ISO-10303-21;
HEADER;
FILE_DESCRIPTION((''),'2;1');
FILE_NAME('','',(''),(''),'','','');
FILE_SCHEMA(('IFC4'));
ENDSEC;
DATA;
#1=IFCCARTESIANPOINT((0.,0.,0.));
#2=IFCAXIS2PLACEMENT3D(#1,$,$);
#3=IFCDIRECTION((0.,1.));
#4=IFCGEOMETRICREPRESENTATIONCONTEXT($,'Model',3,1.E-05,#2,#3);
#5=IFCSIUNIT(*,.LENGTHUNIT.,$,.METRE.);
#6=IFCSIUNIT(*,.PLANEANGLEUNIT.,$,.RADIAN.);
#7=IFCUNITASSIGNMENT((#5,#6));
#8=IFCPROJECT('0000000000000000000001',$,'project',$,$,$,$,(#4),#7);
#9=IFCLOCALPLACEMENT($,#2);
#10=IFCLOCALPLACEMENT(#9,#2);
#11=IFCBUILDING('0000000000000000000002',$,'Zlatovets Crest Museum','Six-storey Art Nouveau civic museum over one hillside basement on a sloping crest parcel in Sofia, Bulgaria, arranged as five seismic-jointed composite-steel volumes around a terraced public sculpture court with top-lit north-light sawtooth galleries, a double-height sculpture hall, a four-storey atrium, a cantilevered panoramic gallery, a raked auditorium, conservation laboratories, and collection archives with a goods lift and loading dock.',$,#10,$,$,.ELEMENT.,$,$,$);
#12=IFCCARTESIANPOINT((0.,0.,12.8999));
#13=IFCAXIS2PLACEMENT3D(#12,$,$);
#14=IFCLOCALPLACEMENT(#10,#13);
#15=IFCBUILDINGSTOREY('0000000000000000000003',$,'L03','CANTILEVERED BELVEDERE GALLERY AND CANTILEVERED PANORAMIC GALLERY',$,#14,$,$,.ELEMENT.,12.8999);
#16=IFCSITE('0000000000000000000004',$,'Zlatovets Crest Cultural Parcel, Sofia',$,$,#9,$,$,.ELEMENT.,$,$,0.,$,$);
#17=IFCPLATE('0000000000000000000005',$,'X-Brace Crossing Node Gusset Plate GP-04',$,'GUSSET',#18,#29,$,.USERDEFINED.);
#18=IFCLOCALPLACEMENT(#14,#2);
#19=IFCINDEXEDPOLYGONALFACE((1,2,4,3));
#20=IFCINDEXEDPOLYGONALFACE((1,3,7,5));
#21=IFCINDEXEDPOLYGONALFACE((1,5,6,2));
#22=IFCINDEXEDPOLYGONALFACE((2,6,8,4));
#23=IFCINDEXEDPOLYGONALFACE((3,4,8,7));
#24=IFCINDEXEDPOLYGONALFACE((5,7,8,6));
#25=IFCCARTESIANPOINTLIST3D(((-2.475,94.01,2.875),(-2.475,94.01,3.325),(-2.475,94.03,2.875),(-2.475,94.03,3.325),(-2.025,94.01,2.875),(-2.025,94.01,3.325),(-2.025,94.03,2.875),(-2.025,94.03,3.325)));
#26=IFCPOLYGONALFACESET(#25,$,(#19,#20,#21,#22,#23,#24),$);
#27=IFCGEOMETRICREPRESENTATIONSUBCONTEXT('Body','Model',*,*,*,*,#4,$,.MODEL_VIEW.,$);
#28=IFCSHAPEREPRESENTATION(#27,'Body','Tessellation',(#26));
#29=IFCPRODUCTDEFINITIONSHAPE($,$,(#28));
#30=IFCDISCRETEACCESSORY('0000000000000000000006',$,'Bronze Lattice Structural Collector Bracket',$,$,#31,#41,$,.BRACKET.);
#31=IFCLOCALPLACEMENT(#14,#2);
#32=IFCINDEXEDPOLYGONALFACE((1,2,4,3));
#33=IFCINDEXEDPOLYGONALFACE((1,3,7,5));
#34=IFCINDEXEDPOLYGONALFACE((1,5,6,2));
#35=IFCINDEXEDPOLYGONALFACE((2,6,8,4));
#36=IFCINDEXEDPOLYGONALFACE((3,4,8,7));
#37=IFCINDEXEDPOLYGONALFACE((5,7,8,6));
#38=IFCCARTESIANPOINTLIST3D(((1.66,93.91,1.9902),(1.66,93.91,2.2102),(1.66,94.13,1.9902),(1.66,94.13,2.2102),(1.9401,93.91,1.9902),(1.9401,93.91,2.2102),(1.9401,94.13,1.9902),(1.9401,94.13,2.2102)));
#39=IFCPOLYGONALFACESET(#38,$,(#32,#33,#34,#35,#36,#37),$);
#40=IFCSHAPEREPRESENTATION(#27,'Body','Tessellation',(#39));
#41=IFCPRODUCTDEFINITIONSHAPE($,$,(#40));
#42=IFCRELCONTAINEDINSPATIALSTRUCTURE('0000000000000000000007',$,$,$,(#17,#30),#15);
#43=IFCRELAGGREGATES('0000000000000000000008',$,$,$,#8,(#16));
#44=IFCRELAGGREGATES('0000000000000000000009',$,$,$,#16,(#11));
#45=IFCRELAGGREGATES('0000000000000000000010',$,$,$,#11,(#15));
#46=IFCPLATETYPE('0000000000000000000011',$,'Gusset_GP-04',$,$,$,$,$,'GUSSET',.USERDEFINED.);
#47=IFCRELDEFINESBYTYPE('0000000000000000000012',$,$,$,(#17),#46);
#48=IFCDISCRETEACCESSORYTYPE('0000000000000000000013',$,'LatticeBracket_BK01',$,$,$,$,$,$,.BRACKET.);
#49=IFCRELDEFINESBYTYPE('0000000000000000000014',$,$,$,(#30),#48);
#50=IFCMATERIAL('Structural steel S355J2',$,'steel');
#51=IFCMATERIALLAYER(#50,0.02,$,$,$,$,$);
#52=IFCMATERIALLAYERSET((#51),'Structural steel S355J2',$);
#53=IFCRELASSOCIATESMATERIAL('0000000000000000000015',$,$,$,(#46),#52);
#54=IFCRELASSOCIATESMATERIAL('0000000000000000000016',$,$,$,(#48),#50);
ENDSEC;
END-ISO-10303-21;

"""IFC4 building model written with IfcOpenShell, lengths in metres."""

from ifc_helpers import new_model, si_unit, direction, frame, origin, origin_2d, place, context, subcontext, project, spatial, rectangle, extrude, material, layer, layer_set, type_object, element, save


model = new_model("IFC4")

# Units and contexts
model_context = context("Model", 3, precision=1e-05, world=origin(), true_north=direction((0.0, 1.0)))
body_context = subcontext(model_context, "Body", "Model", "MODEL_VIEW")
ifc_project = project(units=[si_unit("LENGTHUNIT", "METRE"), si_unit("PLANEANGLEUNIT", "RADIAN")], contexts=[model_context])

# Site, building, storey
site_placement = place(None, origin())
site = spatial("IfcSite", under=ifc_project, at=site_placement, Name="Zlatovets Crest Cultural Parcel, Sofia", CompositionType="ELEMENT", RefElevation=0.0)
building_placement = place(site_placement, origin())
building = spatial("IfcBuilding", under=site, at=building_placement, Name="Zlatovets Crest Museum", Description="Six-storey Art Nouveau civic museum over one hillside basement on a sloping crest parcel in Sofia, Bulgaria, arranged as five seismic-jointed composite-steel volumes around a terraced public sculpture court with top-lit north-light sawtooth galleries, a double-height sculpture hall, a four-storey atrium, a cantilevered panoramic gallery, a raked auditorium, conservation laboratories, and collection archives with a goods lift and loading dock.", CompositionType="ELEMENT")
storey_placement = place(building_placement, frame((0.0, 0.0, 12.8999)))
storey = spatial("IfcBuildingStorey", under=building, at=storey_placement, Name="L03", Description="CANTILEVERED BELVEDERE GALLERY AND CANTILEVERED PANORAMIC GALLERY", CompositionType="ELEMENT", Elevation=12.8999)

# Plate
ifc_material_1 = material(Name="Structural steel S355J2", Category="steel")
ifc_layer = layer(ifc_material_1, 0.02)
ifc_layer_set = layer_set([ifc_layer], Name="Structural steel S355J2")
plate_type = type_object("IfcPlateType", Name="Gusset_GP-04", ElementType="GUSSET", PredefinedType="USERDEFINED", material=ifc_layer_set)
for number, where, z_axis, x_axis, name in (
    (1, (-2.25, 94.02, 2.875), (0.0, 0.0, 1.0), (1.0, 0.0, 0.0), "X-Brace Crossing Node Gusset Plate GP-04"),
):
    element("IfcPlate", number, at=place(storey_placement, frame(where, z_axis=z_axis, x_axis=x_axis)), inside=storey, type_object=plate_type, Name=name, ObjectType="GUSSET", PredefinedType="USERDEFINED", context=body_context, shape_type="SweptSolid", body=[
        extrude(rectangle(XDim=0.45, YDim=0.02, at=origin_2d()), origin(), (0.0, 0.0, 1.0), 0.45),
    ])

# Discrete accessory
discrete_accessory_type = type_object("IfcDiscreteAccessoryType", Name="LatticeBracket_BK01", PredefinedType="BRACKET", material=ifc_material_1)
discrete_accessory_placement = place(storey_placement, frame((1.8, 94.02, 1.9902), z_axis=(0.0, 0.0, 1.0), x_axis=(1.0, 0.0, 0.0)))
element("IfcDiscreteAccessory", 2, at=discrete_accessory_placement, inside=storey, type_object=discrete_accessory_type, Name="Bronze Lattice Structural Collector Bracket", PredefinedType="BRACKET", context=body_context, shape_type="SweptSolid", body=[
    extrude(rectangle(XDim=0.28, YDim=0.22, at=origin_2d()), origin(), (0.0, 0.0, 1.0), 0.22),
])

save(model, "model.ifc")
